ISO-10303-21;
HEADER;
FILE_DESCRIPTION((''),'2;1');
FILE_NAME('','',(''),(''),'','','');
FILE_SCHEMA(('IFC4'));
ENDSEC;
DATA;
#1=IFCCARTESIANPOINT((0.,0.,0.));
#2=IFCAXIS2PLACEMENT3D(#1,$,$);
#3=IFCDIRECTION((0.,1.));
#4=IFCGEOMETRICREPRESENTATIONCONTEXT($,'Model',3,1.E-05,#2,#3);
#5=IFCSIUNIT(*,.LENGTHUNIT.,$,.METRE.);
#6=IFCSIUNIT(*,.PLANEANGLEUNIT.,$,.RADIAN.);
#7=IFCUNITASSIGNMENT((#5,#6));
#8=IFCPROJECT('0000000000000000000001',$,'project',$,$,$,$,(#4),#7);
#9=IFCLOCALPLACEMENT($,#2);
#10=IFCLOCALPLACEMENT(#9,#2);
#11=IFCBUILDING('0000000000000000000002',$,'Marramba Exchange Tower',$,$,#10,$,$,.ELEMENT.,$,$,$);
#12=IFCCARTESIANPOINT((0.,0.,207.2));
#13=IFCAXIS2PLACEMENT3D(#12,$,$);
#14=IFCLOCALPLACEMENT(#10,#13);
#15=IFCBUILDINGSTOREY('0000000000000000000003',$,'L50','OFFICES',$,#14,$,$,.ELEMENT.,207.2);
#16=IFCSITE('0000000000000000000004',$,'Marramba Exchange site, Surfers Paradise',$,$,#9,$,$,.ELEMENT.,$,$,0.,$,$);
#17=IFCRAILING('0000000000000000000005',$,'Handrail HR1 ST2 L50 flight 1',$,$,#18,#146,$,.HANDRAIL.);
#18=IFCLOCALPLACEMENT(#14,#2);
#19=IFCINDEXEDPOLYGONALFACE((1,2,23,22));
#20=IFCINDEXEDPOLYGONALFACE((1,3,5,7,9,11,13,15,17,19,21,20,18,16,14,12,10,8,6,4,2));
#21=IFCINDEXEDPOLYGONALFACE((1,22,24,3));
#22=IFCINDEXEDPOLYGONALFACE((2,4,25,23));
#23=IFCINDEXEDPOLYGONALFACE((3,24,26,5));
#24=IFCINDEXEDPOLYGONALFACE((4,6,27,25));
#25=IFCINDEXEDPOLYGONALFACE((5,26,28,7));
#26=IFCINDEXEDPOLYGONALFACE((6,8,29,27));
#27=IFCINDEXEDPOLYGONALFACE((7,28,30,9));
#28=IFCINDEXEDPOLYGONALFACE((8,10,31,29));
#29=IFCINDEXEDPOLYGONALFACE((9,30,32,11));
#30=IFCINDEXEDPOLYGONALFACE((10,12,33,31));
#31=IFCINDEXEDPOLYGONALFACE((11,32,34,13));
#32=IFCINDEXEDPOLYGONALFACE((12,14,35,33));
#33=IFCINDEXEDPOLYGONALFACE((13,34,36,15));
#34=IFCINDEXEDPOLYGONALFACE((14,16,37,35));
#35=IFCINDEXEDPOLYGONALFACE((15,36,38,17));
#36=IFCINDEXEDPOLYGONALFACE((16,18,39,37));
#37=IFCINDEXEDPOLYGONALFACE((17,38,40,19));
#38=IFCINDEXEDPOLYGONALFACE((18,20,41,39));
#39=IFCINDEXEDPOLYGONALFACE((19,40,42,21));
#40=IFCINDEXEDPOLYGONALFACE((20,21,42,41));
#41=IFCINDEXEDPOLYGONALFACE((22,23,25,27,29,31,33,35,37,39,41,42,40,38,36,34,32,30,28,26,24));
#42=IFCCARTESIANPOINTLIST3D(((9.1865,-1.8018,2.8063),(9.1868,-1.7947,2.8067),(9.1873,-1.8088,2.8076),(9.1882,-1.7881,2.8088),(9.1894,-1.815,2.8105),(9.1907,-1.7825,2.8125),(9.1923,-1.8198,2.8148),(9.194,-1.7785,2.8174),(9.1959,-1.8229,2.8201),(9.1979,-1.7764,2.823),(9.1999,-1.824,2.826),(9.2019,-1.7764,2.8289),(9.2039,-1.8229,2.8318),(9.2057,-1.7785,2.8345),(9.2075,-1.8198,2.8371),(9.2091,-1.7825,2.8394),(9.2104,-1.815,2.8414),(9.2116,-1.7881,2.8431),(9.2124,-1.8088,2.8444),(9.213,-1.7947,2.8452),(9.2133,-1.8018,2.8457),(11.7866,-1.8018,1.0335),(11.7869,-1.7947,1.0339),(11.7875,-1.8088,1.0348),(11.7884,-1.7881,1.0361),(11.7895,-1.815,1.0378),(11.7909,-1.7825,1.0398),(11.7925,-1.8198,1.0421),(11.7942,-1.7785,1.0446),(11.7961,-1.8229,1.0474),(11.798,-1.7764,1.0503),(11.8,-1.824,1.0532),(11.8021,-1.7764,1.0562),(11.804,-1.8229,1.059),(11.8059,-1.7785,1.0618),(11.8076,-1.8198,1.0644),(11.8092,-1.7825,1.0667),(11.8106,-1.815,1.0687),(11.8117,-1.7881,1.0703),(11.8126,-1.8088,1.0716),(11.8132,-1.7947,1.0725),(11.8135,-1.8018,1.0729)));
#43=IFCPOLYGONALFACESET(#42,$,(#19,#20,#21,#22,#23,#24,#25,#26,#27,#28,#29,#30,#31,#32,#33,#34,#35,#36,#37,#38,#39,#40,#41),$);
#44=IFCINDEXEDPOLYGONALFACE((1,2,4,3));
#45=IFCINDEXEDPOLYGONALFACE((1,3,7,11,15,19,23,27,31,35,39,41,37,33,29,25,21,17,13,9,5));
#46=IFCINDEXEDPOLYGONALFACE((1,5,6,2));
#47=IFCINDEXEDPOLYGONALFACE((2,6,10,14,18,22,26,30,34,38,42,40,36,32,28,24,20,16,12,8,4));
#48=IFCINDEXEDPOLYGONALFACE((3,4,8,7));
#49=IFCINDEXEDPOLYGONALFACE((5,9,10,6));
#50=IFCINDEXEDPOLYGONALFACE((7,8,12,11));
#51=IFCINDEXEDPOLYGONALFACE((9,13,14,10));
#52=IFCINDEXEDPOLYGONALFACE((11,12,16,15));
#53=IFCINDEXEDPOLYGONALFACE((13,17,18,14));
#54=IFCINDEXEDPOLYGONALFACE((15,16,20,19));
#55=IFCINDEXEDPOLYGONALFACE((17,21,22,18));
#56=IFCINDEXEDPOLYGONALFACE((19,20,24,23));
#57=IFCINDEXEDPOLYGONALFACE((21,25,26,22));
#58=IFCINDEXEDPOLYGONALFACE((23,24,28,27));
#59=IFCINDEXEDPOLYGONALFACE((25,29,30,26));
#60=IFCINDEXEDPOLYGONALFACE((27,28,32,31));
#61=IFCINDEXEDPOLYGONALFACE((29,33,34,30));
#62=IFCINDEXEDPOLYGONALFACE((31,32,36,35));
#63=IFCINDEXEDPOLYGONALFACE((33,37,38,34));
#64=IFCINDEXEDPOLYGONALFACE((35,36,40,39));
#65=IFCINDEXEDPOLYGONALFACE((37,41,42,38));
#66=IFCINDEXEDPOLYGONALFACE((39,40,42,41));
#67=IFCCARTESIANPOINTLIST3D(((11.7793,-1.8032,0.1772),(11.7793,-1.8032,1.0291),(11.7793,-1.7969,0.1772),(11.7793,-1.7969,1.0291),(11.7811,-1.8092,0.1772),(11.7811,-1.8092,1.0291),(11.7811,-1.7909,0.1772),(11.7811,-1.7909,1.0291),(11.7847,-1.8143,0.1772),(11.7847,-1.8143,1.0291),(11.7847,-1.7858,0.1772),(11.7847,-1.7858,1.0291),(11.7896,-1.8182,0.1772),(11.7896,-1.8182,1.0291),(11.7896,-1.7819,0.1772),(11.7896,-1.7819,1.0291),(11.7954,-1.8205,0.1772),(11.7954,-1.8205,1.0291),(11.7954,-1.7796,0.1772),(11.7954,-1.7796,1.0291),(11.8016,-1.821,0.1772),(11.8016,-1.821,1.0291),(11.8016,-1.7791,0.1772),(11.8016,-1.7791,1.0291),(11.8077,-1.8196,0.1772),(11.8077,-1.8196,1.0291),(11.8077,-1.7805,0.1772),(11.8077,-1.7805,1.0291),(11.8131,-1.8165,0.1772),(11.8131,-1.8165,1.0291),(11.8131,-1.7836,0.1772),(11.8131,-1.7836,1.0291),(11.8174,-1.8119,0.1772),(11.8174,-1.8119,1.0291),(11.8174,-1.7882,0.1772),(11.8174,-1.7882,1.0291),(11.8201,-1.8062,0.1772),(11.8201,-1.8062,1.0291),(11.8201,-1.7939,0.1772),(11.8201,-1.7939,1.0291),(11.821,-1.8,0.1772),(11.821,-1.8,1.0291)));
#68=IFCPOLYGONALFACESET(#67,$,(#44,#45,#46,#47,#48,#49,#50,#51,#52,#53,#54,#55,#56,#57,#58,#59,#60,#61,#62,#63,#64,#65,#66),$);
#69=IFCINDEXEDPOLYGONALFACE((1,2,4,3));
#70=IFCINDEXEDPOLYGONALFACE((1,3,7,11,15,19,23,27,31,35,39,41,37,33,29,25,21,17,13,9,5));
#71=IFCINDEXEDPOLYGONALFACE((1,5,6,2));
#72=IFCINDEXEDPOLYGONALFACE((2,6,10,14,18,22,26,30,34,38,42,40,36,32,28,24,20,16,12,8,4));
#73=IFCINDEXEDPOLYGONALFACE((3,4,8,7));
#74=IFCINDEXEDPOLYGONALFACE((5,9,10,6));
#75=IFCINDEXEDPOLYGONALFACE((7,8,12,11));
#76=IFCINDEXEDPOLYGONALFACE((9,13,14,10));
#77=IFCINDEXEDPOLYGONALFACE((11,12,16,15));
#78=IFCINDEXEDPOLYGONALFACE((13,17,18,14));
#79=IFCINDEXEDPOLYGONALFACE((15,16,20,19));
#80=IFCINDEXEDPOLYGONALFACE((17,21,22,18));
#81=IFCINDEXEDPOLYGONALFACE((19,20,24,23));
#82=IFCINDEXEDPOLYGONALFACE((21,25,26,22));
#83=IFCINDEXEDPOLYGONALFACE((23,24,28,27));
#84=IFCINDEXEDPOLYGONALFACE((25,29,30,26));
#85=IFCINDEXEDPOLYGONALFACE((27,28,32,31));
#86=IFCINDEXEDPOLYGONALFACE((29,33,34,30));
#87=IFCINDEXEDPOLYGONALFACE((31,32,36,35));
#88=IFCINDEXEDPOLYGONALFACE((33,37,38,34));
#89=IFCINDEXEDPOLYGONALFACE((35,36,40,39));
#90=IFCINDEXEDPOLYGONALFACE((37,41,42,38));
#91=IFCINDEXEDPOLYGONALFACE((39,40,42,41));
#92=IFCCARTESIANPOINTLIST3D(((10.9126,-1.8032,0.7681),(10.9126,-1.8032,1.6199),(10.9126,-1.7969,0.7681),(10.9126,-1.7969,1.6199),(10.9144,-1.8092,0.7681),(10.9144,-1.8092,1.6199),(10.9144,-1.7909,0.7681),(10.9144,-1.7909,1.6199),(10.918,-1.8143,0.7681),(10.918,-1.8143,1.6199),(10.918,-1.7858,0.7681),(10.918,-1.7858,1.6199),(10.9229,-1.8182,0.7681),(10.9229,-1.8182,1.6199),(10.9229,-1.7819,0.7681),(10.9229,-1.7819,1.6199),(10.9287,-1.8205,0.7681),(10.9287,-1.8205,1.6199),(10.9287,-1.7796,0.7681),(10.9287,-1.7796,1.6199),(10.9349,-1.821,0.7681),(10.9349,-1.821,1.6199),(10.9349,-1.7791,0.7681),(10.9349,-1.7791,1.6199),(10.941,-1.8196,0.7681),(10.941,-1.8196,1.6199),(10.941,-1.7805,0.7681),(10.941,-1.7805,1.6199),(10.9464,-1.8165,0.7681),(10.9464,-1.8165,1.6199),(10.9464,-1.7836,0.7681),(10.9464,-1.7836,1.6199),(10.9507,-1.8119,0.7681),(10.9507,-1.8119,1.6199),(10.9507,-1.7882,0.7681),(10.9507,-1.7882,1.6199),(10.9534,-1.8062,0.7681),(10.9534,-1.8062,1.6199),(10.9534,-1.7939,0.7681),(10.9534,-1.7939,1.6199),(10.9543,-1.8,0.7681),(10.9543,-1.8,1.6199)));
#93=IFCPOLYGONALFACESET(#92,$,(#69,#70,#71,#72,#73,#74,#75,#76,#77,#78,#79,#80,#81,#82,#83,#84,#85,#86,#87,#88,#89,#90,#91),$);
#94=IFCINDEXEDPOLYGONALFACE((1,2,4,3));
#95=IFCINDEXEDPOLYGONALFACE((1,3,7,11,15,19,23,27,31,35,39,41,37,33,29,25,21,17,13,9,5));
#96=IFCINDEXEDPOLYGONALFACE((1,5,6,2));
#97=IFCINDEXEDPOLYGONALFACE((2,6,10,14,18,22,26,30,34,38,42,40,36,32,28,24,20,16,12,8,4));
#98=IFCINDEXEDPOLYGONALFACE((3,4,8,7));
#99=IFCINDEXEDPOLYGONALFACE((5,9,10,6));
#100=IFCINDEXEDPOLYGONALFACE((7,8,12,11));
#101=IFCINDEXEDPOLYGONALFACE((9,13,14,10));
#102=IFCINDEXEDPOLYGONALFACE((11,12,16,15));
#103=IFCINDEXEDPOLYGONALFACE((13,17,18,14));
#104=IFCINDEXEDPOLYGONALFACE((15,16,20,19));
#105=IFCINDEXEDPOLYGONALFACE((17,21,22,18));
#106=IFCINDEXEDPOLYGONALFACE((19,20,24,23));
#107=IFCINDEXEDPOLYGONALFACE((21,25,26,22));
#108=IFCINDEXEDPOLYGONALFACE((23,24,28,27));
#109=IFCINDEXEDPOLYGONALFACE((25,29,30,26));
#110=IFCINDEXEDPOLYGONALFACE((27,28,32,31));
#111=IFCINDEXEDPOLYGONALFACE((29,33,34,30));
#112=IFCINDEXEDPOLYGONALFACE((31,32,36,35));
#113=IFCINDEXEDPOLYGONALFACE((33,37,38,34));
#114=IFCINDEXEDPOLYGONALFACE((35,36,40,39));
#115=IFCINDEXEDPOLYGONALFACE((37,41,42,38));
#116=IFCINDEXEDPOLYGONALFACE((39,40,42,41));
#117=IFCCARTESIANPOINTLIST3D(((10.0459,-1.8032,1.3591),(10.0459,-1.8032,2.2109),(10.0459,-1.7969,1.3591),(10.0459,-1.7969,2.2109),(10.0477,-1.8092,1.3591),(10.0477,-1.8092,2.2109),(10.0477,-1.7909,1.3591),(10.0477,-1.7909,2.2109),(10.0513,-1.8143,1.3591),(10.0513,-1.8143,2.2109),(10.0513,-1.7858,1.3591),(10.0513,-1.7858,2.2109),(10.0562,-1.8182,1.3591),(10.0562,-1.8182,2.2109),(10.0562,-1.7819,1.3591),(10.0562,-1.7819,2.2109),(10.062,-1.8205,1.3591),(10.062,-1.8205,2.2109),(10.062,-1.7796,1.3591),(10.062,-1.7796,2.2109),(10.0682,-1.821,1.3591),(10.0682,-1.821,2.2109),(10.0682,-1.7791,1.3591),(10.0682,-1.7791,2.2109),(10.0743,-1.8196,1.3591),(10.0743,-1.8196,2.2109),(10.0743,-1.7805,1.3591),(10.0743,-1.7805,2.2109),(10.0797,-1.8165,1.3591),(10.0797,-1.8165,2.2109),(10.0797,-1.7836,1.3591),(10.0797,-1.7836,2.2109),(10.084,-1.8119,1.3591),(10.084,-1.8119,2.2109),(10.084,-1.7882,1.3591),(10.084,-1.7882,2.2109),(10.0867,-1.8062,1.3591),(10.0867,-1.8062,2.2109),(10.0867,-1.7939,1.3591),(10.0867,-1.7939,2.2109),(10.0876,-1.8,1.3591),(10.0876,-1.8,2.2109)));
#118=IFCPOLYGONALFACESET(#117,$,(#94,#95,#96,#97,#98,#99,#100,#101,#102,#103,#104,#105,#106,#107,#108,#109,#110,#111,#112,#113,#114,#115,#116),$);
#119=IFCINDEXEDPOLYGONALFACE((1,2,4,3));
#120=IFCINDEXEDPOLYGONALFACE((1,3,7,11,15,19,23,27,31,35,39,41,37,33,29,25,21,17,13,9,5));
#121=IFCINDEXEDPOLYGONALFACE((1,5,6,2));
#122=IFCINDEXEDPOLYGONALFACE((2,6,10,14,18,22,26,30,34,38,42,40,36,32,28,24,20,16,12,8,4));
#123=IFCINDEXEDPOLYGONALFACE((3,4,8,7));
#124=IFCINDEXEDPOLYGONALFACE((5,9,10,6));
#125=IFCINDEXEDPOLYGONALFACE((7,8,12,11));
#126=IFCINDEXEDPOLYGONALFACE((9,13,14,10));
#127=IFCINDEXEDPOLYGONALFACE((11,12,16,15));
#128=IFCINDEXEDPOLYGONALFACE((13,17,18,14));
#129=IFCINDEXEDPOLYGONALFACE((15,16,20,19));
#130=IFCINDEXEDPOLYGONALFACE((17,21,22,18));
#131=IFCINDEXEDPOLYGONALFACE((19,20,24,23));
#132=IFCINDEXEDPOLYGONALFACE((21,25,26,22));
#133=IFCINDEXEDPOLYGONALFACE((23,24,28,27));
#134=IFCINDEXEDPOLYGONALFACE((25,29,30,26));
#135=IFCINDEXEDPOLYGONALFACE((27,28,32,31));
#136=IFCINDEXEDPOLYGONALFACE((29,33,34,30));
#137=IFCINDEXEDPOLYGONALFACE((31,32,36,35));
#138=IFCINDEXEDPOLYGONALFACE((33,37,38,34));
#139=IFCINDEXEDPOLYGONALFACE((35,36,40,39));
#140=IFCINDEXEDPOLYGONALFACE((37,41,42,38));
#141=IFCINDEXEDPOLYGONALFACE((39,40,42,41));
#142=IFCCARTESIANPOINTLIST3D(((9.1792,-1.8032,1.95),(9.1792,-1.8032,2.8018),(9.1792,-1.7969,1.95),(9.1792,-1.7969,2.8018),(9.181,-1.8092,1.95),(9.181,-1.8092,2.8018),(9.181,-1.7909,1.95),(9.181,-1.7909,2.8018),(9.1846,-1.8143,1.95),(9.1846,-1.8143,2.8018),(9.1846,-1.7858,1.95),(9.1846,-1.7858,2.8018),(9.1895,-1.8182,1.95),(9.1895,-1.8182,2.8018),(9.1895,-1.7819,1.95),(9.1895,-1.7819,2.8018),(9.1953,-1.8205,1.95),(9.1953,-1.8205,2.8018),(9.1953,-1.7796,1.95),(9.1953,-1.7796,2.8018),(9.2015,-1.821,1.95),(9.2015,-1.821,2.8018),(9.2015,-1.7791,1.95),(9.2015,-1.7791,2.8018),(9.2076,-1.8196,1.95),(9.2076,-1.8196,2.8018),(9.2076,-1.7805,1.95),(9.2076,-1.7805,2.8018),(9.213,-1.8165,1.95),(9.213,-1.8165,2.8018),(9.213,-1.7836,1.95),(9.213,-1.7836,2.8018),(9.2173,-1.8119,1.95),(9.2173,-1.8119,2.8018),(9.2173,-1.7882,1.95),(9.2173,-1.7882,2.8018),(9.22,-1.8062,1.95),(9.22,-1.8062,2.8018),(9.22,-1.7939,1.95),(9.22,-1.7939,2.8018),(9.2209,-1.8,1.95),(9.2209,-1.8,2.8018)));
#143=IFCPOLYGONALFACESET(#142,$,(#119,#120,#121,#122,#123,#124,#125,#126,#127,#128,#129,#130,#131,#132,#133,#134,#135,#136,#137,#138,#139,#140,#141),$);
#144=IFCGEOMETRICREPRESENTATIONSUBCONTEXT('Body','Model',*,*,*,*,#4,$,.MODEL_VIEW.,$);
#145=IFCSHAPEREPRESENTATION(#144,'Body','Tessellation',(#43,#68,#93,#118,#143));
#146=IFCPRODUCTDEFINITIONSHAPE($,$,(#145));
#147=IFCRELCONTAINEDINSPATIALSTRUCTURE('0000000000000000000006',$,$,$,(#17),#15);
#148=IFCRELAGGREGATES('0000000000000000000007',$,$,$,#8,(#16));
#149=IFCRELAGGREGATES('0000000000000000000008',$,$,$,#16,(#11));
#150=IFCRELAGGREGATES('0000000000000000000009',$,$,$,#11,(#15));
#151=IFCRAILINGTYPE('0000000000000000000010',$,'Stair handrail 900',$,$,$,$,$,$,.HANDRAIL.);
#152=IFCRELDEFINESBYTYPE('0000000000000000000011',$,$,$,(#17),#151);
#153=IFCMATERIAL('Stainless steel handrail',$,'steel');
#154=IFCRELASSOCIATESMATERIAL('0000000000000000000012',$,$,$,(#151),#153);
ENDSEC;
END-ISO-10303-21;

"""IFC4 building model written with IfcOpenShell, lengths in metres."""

from ifc_helpers import new_model, si_unit, direction, frame, origin, origin_2d, place, context, subcontext, project, spatial, circle, extrude, material, type_object, element, save


model = new_model("IFC4")

# Units and contexts
model_context = context("Model", 3, precision=1e-05, world=origin(), true_north=direction((0.0, 1.0)))
body_context = subcontext(model_context, "Body", "Model", "MODEL_VIEW")
ifc_project = project(units=[si_unit("LENGTHUNIT", "METRE"), si_unit("PLANEANGLEUNIT", "RADIAN")], contexts=[model_context])

# Site, building, storey
site_placement = place(None, origin())
site = spatial("IfcSite", under=ifc_project, at=site_placement, Name="Marramba Exchange site, Surfers Paradise", CompositionType="ELEMENT", RefElevation=0.0)
building_placement = place(site_placement, origin())
building = spatial("IfcBuilding", under=site, at=building_placement, Name="Marramba Exchange Tower", CompositionType="ELEMENT")
storey_placement = place(building_placement, frame((0.0, 0.0, 207.2)))
storey = spatial("IfcBuildingStorey", under=building, at=storey_placement, Name="L50", Description="OFFICES", CompositionType="ELEMENT", Elevation=207.2)

# Railing
ifc_material_1 = material(Name="Stainless steel handrail", Category="steel")
railing_type = type_object("IfcRailingType", Name="Stair handrail 900", PredefinedType="HANDRAIL", material=ifc_material_1)
railing_placement = place(storey_placement, frame((11.8, -1.8, 0.1772)))
element("IfcRailing", 1, at=railing_placement, inside=storey, type_object=railing_type, Name="Handrail HR1 ST2 L50 flight 1", PredefinedType="HANDRAIL", context=body_context, shape_type="SweptSolid", body=[
    extrude(circle(Radius=0.0239, at=origin_2d()), frame((0.0, 0.0, 0.876), z_axis=(-0.82624, 0.0, 0.563318), x_axis=(0.0, -1.0, 0.0)), (0.0, 0.0, 1.0), 3.147),
    extrude(circle(Radius=0.021, at=origin_2d()), origin(), (0.0, 0.0, 1.0), 0.8518),
    extrude(circle(Radius=0.021, at=origin_2d()), frame((-0.8667, 0.0, 0.5908)), (0.0, 0.0, 1.0), 0.8518),
    extrude(circle(Radius=0.021, at=origin_2d()), frame((-1.7334, 0.0, 1.1819)), (0.0, 0.0, 1.0), 0.8518),
    extrude(circle(Radius=0.021, at=origin_2d()), frame((-2.6001, 0.0, 1.7727)), (0.0, 0.0, 1.0), 0.8518),
])

save(model, "model.ifc")
